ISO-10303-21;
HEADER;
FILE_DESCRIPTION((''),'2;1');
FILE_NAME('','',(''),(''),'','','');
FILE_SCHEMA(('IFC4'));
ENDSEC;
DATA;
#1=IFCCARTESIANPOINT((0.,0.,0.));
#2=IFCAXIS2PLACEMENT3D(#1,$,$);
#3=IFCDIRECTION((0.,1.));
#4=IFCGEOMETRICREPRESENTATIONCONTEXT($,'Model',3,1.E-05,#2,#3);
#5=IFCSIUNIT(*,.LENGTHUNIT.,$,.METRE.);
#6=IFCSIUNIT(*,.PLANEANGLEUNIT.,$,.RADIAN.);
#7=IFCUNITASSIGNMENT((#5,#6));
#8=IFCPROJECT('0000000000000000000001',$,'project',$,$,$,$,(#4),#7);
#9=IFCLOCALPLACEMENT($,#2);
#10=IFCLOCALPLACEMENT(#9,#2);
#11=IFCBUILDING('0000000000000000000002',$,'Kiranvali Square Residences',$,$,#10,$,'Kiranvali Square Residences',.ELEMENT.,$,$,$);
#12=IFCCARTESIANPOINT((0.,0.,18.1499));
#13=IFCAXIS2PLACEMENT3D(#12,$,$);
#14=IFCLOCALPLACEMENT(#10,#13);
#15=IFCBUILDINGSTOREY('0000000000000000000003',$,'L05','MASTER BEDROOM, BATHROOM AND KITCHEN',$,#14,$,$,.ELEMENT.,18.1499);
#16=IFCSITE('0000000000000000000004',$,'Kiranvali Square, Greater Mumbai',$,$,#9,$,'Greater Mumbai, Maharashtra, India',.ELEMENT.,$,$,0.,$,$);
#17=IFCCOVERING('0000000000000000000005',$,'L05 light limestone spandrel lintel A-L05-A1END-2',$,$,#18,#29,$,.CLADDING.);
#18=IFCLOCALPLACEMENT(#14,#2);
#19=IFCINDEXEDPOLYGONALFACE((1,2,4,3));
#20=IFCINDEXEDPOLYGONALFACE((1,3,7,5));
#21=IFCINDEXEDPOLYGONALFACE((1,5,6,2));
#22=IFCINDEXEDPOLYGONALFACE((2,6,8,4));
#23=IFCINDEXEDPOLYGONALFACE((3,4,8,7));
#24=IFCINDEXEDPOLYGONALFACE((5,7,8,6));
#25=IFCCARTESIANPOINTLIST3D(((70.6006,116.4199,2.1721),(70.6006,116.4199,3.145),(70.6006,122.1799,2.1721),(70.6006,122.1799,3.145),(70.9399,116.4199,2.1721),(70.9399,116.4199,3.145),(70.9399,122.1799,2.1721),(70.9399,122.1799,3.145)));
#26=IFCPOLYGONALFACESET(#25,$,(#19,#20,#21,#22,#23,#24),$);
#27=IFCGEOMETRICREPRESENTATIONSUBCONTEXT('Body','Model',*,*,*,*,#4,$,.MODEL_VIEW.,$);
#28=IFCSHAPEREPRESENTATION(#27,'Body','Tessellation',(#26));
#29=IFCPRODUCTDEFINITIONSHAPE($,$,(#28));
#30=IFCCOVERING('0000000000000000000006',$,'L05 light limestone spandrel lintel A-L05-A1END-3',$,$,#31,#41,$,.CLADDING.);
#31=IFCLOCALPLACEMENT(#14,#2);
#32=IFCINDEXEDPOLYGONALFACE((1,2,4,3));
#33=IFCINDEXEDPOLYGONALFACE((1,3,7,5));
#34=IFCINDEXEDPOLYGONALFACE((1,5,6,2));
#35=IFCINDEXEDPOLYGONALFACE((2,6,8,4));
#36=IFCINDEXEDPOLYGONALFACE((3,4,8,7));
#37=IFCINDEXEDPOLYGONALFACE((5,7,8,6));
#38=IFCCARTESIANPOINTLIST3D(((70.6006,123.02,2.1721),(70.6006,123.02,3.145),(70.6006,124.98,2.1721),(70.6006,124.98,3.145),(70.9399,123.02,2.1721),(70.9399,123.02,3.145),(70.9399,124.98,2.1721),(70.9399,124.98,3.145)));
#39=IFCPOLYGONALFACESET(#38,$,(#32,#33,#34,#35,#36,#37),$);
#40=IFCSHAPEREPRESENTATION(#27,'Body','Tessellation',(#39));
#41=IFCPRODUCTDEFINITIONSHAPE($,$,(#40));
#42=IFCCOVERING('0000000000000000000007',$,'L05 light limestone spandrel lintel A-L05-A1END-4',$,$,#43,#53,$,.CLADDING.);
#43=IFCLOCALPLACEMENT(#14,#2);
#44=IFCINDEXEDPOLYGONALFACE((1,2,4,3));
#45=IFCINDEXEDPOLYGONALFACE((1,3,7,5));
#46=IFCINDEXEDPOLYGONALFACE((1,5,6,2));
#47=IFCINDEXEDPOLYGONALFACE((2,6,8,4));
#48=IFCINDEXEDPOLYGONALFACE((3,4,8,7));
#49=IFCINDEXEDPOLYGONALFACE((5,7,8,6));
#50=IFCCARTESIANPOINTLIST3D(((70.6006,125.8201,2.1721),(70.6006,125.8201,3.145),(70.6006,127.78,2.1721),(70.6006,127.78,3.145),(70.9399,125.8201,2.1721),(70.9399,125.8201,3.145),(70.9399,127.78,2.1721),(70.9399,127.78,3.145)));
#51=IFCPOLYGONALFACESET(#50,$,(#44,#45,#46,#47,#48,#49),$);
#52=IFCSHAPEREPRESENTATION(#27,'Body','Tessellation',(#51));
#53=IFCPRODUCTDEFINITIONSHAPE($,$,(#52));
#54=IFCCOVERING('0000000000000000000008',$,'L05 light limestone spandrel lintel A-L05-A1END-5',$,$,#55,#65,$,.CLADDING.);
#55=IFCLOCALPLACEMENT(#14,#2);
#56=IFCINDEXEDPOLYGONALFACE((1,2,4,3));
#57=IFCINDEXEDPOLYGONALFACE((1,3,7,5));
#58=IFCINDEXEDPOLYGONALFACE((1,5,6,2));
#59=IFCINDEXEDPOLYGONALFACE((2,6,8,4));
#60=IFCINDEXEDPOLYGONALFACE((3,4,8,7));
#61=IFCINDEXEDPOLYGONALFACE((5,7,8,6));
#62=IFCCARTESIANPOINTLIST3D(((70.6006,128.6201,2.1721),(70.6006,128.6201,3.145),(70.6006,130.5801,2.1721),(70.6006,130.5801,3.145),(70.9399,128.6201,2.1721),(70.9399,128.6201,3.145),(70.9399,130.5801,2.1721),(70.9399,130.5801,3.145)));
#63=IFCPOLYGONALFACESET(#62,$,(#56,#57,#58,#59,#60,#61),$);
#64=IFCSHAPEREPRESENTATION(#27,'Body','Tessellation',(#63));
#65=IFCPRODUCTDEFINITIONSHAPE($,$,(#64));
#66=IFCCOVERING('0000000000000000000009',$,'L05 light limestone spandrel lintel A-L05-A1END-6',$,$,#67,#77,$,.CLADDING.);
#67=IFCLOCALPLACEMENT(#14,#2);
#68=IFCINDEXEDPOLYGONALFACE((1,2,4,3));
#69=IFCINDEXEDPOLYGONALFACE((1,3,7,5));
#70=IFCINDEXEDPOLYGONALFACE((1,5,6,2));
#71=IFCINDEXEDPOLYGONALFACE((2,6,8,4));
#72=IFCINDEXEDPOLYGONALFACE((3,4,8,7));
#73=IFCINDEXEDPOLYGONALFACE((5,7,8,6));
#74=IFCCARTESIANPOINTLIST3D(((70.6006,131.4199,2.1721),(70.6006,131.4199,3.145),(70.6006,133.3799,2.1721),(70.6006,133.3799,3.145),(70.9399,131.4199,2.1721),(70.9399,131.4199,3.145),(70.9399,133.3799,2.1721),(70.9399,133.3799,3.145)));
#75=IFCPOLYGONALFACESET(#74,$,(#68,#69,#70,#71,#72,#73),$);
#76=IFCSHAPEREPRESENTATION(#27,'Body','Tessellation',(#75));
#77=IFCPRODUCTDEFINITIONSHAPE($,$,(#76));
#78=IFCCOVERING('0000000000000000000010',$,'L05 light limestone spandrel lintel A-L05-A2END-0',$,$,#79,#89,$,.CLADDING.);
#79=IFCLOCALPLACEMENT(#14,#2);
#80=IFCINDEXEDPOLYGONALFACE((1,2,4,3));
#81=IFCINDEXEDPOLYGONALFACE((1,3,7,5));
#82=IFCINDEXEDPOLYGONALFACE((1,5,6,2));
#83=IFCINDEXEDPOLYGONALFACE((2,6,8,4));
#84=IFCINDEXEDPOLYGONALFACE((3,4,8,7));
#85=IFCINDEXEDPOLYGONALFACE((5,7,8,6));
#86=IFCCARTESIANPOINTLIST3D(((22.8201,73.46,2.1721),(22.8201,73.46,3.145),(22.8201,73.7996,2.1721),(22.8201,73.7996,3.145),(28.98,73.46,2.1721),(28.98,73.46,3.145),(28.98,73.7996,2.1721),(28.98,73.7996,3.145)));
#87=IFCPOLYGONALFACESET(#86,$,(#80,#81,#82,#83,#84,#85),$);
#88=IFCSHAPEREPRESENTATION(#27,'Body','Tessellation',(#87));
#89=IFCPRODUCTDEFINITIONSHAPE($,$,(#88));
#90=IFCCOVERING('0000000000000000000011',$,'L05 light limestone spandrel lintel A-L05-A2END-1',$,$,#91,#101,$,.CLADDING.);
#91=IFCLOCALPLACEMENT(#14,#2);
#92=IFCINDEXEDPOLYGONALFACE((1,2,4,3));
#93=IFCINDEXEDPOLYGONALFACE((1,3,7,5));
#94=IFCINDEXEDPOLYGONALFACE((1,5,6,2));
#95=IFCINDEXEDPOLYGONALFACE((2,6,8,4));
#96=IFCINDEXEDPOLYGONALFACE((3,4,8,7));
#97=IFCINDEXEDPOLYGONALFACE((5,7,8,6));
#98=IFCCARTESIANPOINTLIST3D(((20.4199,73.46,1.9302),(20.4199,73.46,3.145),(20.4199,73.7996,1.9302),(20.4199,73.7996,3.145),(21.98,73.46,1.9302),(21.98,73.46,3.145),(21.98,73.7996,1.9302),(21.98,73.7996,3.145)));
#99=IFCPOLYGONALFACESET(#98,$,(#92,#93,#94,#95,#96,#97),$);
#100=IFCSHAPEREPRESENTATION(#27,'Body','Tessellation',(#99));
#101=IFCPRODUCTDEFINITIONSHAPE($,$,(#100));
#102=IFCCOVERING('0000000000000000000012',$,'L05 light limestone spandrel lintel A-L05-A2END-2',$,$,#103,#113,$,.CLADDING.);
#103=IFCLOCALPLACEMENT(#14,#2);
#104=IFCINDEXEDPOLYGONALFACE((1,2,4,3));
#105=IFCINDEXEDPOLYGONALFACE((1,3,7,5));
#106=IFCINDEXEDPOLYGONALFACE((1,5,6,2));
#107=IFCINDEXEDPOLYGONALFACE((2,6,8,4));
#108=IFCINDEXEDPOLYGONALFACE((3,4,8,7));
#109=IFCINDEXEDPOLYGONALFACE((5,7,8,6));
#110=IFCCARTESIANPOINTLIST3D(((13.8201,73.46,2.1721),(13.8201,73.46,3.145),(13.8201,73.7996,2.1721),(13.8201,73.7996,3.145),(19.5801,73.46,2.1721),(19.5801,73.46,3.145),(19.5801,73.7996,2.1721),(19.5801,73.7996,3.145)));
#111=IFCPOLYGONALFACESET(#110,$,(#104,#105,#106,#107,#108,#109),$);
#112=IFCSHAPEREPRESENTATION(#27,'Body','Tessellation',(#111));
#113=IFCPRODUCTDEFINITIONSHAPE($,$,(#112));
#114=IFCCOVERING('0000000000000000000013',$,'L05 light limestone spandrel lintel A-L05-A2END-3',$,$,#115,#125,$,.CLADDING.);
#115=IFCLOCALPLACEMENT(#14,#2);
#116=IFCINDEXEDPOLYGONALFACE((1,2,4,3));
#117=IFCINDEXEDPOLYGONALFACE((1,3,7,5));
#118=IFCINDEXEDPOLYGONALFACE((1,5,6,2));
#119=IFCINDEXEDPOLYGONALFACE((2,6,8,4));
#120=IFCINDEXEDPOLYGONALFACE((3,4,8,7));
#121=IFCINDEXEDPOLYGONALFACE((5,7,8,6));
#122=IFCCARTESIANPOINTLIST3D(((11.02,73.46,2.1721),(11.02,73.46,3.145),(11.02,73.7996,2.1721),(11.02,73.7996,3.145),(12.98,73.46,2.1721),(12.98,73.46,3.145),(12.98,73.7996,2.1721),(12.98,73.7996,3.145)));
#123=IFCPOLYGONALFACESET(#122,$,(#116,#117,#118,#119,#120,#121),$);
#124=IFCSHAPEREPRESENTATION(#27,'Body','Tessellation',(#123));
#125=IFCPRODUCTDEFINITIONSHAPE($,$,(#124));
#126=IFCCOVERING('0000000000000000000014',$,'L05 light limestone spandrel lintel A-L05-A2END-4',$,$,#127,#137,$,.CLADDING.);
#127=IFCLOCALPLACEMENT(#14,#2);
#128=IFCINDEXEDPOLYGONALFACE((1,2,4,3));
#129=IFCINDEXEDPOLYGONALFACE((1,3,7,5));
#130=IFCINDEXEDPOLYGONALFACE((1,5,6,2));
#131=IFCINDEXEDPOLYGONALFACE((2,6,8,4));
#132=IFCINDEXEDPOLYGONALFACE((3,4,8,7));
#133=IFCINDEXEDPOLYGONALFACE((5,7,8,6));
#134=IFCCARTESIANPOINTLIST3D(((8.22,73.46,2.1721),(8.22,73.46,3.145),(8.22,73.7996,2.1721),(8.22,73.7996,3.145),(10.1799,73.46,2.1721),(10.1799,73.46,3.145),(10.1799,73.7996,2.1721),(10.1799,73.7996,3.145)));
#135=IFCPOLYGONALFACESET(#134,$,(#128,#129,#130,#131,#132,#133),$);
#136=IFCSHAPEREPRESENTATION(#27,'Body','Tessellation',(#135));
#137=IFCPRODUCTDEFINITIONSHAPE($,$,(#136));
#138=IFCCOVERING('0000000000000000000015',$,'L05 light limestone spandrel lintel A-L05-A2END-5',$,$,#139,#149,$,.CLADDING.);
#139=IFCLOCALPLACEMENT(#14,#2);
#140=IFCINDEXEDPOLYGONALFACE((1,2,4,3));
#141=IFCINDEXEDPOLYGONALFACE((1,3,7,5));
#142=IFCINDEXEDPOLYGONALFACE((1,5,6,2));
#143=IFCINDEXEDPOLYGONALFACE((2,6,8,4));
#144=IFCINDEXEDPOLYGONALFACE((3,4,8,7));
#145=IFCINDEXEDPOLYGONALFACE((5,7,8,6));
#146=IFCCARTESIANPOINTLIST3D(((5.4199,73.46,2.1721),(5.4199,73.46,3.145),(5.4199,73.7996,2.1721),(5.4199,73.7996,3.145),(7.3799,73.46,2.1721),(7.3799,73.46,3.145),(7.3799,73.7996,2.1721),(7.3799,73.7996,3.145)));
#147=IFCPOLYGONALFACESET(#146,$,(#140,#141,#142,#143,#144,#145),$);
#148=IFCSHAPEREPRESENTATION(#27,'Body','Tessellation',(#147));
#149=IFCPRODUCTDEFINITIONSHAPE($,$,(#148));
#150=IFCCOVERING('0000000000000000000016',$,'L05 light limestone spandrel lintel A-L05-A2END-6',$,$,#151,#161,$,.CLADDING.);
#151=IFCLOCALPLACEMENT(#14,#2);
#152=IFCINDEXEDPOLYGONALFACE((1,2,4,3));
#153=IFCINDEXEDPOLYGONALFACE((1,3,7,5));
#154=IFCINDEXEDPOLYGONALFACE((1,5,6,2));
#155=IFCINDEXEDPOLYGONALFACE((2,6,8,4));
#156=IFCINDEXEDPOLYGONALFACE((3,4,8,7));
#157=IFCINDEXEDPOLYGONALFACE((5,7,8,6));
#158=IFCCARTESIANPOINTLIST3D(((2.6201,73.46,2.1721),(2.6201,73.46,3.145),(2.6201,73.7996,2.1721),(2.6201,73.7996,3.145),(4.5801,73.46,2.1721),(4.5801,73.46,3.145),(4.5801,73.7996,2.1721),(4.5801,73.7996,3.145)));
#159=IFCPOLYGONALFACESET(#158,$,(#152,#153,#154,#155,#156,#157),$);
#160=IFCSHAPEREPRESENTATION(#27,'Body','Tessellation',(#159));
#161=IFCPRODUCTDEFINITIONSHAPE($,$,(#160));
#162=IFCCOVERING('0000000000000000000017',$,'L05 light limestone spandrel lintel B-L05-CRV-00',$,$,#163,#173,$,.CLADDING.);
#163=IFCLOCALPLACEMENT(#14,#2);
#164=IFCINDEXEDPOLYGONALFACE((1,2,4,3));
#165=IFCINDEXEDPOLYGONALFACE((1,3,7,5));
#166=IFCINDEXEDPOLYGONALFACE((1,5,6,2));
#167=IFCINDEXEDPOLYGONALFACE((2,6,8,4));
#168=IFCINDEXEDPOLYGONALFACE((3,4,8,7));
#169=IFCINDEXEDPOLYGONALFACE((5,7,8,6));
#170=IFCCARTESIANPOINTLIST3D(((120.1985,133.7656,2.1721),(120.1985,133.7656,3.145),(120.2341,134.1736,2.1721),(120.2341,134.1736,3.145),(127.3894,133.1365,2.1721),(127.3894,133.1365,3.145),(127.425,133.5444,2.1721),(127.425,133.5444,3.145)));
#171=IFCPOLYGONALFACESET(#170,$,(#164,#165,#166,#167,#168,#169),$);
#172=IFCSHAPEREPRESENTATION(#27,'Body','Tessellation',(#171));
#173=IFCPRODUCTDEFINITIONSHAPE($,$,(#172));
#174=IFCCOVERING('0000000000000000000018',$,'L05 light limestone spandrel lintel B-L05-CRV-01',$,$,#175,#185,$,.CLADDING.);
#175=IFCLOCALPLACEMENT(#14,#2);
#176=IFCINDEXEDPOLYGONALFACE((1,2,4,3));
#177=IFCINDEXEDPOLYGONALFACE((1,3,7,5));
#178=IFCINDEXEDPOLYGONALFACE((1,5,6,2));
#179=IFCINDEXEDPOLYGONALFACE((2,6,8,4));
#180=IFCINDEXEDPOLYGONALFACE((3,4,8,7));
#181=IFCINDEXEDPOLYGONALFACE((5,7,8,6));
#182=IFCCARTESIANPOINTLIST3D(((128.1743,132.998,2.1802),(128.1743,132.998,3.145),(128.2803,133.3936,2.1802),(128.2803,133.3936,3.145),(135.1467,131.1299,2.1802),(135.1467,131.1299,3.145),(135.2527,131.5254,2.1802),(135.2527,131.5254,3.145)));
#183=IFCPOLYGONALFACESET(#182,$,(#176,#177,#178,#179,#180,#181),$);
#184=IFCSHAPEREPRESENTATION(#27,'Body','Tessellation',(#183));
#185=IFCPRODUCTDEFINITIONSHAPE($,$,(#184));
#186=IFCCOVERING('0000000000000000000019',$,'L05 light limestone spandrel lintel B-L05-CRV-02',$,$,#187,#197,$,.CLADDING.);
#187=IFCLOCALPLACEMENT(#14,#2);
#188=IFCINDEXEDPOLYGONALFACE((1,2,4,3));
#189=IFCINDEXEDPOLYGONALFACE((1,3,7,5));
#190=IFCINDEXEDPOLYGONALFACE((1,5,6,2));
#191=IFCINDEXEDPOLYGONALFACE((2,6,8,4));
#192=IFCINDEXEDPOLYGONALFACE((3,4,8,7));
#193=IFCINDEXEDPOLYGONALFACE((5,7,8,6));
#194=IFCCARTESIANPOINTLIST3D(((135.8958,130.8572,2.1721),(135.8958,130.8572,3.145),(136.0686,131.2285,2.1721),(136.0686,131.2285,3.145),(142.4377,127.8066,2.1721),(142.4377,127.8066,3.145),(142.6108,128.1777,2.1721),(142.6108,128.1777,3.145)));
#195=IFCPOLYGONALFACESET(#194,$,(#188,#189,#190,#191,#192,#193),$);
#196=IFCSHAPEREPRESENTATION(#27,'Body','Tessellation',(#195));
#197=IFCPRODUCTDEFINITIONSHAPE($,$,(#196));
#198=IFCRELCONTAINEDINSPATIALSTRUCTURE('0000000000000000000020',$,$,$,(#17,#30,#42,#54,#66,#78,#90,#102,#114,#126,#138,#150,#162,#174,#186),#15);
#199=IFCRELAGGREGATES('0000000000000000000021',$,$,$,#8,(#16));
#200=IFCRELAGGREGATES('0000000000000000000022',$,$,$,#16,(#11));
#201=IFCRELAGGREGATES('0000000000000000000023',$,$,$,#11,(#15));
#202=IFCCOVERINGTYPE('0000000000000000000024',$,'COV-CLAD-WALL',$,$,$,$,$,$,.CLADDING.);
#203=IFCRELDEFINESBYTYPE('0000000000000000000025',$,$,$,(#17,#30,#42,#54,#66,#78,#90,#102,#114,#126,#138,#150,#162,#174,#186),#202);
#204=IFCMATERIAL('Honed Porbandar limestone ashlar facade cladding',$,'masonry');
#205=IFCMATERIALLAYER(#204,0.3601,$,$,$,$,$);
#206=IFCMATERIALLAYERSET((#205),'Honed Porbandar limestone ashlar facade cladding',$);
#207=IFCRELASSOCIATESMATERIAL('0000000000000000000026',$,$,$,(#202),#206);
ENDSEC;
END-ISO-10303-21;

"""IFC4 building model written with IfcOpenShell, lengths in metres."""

from ifc_helpers import new_model, si_unit, direction, frame, origin, place, context, subcontext, project, spatial, polyline, outline, extrude, material, layer, layer_set, type_object, element, save


model = new_model("IFC4")

# Units and contexts
model_context = context("Model", 3, precision=1e-05, world=origin(), true_north=direction((0.0, 1.0)))
body_context = subcontext(model_context, "Body", "Model", "MODEL_VIEW")
ifc_project = project(units=[si_unit("LENGTHUNIT", "METRE"), si_unit("PLANEANGLEUNIT", "RADIAN")], contexts=[model_context])

# Site, building, storey
site_placement = place(None, origin())
site = spatial("IfcSite", under=ifc_project, at=site_placement, Name="Kiranvali Square, Greater Mumbai", LongName="Greater Mumbai, Maharashtra, India", CompositionType="ELEMENT", RefElevation=0.0)
building_placement = place(site_placement, origin())
building = spatial("IfcBuilding", under=site, at=building_placement, Name="Kiranvali Square Residences", LongName="Kiranvali Square Residences", CompositionType="ELEMENT")
storey_placement = place(building_placement, frame((0.0, 0.0, 18.1499)))
storey = spatial("IfcBuildingStorey", under=building, at=storey_placement, Name="L05", Description="MASTER BEDROOM, BATHROOM AND KITCHEN", CompositionType="ELEMENT", Elevation=18.1499)

# Coverings
ifc_material = material(Name="Honed Porbandar limestone ashlar facade cladding", Category="masonry")
ifc_layer_1 = layer(ifc_material, 0.3601)
ifc_layer_set_1 = layer_set([ifc_layer_1], Name="Honed Porbandar limestone ashlar facade cladding")
covering_type_1 = type_object("IfcCoveringType", Name="COV-CLAD-WALL", PredefinedType="CLADDING", material=ifc_layer_set_1)
covering_1_placement = place(storey_placement, frame((0.0, 0.0, 2.1721)))
element("IfcCovering", 1, at=covering_1_placement, inside=storey, type_object=covering_type_1, Name="L05 light limestone spandrel lintel A-L05-A1END-2", PredefinedType="CLADDING", context=body_context, shape_type="SweptSolid", body=[
    extrude(outline(polyline([(70.9399, 116.4199), (70.9399, 122.1799), (70.6006, 122.1799), (70.6006, 116.4199), (70.9399, 116.4199)])), origin(), (0.0, 0.0, 1.0), 0.9729),
])
covering_2_placement = place(storey_placement, frame((0.0, 0.0, 2.1721)))
element("IfcCovering", 2, at=covering_2_placement, inside=storey, type_object=covering_type_1, Name="L05 light limestone spandrel lintel A-L05-A1END-3", PredefinedType="CLADDING", context=body_context, shape_type="SweptSolid", body=[
    extrude(outline(polyline([(70.9399, 123.02), (70.9399, 124.98), (70.6006, 124.98), (70.6006, 123.02), (70.9399, 123.02)])), origin(), (0.0, 0.0, 1.0), 0.9729),
])
covering_3_placement = place(storey_placement, frame((0.0, 0.0, 2.1721)))
element("IfcCovering", 3, at=covering_3_placement, inside=storey, type_object=covering_type_1, Name="L05 light limestone spandrel lintel A-L05-A1END-4", PredefinedType="CLADDING", context=body_context, shape_type="SweptSolid", body=[
    extrude(outline(polyline([(70.9399, 125.8201), (70.9399, 127.78), (70.6006, 127.78), (70.6006, 125.8201), (70.9399, 125.8201)])), origin(), (0.0, 0.0, 1.0), 0.9729),
])
covering_4_placement = place(storey_placement, frame((0.0, 0.0, 2.1721)))
element("IfcCovering", 4, at=covering_4_placement, inside=storey, type_object=covering_type_1, Name="L05 light limestone spandrel lintel A-L05-A1END-5", PredefinedType="CLADDING", context=body_context, shape_type="SweptSolid", body=[
    extrude(outline(polyline([(70.9399, 128.6201), (70.9399, 130.5801), (70.6006, 130.5801), (70.6006, 128.6201), (70.9399, 128.6201)])), origin(), (0.0, 0.0, 1.0), 0.9729),
])
covering_5_placement = place(storey_placement, frame((0.0, 0.0, 2.1721)))
element("IfcCovering", 5, at=covering_5_placement, inside=storey, type_object=covering_type_1, Name="L05 light limestone spandrel lintel A-L05-A1END-6", PredefinedType="CLADDING", context=body_context, shape_type="SweptSolid", body=[
    extrude(outline(polyline([(70.9399, 131.4199), (70.9399, 133.3799), (70.6006, 133.3799), (70.6006, 131.4199), (70.9399, 131.4199)])), origin(), (0.0, 0.0, 1.0), 0.9729),
])
covering_6_placement = place(storey_placement, frame((0.0, 0.0, 2.1721)))
element("IfcCovering", 6, at=covering_6_placement, inside=storey, type_object=covering_type_1, Name="L05 light limestone spandrel lintel A-L05-A2END-0", PredefinedType="CLADDING", context=body_context, shape_type="SweptSolid", body=[
    extrude(outline(polyline([(28.98, 73.7996), (22.8201, 73.7996), (22.8201, 73.46), (28.98, 73.46), (28.98, 73.7996)])), origin(), (0.0, 0.0, 1.0), 0.9729),
])
covering_7_placement = place(storey_placement, frame((0.0, 0.0, 1.9302)))
element("IfcCovering", 7, at=covering_7_placement, inside=storey, type_object=covering_type_1, Name="L05 light limestone spandrel lintel A-L05-A2END-1", PredefinedType="CLADDING", context=body_context, shape_type="SweptSolid", body=[
    extrude(outline(polyline([(21.98, 73.7996), (20.4199, 73.7996), (20.4199, 73.46), (21.98, 73.46), (21.98, 73.7996)])), origin(), (0.0, 0.0, 1.0), 1.2148),
])
covering_8_placement = place(storey_placement, frame((0.0, 0.0, 2.1721)))
element("IfcCovering", 8, at=covering_8_placement, inside=storey, type_object=covering_type_1, Name="L05 light limestone spandrel lintel A-L05-A2END-2", PredefinedType="CLADDING", context=body_context, shape_type="SweptSolid", body=[
    extrude(outline(polyline([(19.5801, 73.7996), (13.8201, 73.7996), (13.8201, 73.46), (19.5801, 73.46), (19.5801, 73.7996)])), origin(), (0.0, 0.0, 1.0), 0.9729),
])
covering_9_placement = place(storey_placement, frame((0.0, 0.0, 2.1721)))
element("IfcCovering", 9, at=covering_9_placement, inside=storey, type_object=covering_type_1, Name="L05 light limestone spandrel lintel A-L05-A2END-3", PredefinedType="CLADDING", context=body_context, shape_type="SweptSolid", body=[
    extrude(outline(polyline([(12.98, 73.7996), (11.02, 73.7996), (11.02, 73.46), (12.98, 73.46), (12.98, 73.7996)])), origin(), (0.0, 0.0, 1.0), 0.9729),
])
covering_10_placement = place(storey_placement, frame((0.0, 0.0, 2.1721)))
element("IfcCovering", 10, at=covering_10_placement, inside=storey, type_object=covering_type_1, Name="L05 light limestone spandrel lintel A-L05-A2END-4", PredefinedType="CLADDING", context=body_context, shape_type="SweptSolid", body=[
    extrude(outline(polyline([(10.1799, 73.7996), (8.22, 73.7996), (8.22, 73.46), (10.1799, 73.46), (10.1799, 73.7996)])), origin(), (0.0, 0.0, 1.0), 0.9729),
])
covering_11_placement = place(storey_placement, frame((0.0, 0.0, 2.1721)))
element("IfcCovering", 11, at=covering_11_placement, inside=storey, type_object=covering_type_1, Name="L05 light limestone spandrel lintel A-L05-A2END-5", PredefinedType="CLADDING", context=body_context, shape_type="SweptSolid", body=[
    extrude(outline(polyline([(7.3799, 73.7996), (5.4199, 73.7996), (5.4199, 73.46), (7.3799, 73.46), (7.3799, 73.7996)])), origin(), (0.0, 0.0, 1.0), 0.9729),
])
covering_12_placement = place(storey_placement, frame((0.0, 0.0, 2.1721)))
element("IfcCovering", 12, at=covering_12_placement, inside=storey, type_object=covering_type_1, Name="L05 light limestone spandrel lintel A-L05-A2END-6", PredefinedType="CLADDING", context=body_context, shape_type="SweptSolid", body=[
    extrude(outline(polyline([(4.5801, 73.7996), (2.6201, 73.7996), (2.6201, 73.46), (4.5801, 73.46), (4.5801, 73.7996)])), origin(), (0.0, 0.0, 1.0), 0.9729),
])
covering_13_placement = place(storey_placement, frame((0.0, 0.0, 2.1721)))
element("IfcCovering", 13, at=covering_13_placement, inside=storey, type_object=covering_type_1, Name="L05 light limestone spandrel lintel B-L05-CRV-00", PredefinedType="CLADDING", context=body_context, shape_type="SweptSolid", body=[
    extrude(outline(polyline([(120.1985, 133.7656), (127.3894, 133.1365), (127.425, 133.5444), (120.2341, 134.1736), (120.1985, 133.7656)])), origin(), (0.0, 0.0, 1.0), 0.9729),
])
covering_14_placement = place(storey_placement, frame((0.0, 0.0, 2.1802)))
element("IfcCovering", 14, at=covering_14_placement, inside=storey, type_object=covering_type_1, Name="L05 light limestone spandrel lintel B-L05-CRV-01", PredefinedType="CLADDING", context=body_context, shape_type="SweptSolid", body=[
    extrude(outline(polyline([(128.1743, 132.998), (135.1467, 131.1299), (135.2527, 131.5254), (128.2803, 133.3936), (128.1743, 132.998)])), origin(), (0.0, 0.0, 1.0), 0.9648),
])
covering_15_placement = place(storey_placement, frame((0.0, 0.0, 2.1721)))
element("IfcCovering", 15, at=covering_15_placement, inside=storey, type_object=covering_type_1, Name="L05 light limestone spandrel lintel B-L05-CRV-02", PredefinedType="CLADDING", context=body_context, shape_type="SweptSolid", body=[
    extrude(outline(polyline([(135.8958, 130.8572), (142.4377, 127.8066), (142.6108, 128.1777), (136.0686, 131.2285), (135.8958, 130.8572)])), origin(), (0.0, 0.0, 1.0), 0.9729),
])

save(model, "model.ifc")
